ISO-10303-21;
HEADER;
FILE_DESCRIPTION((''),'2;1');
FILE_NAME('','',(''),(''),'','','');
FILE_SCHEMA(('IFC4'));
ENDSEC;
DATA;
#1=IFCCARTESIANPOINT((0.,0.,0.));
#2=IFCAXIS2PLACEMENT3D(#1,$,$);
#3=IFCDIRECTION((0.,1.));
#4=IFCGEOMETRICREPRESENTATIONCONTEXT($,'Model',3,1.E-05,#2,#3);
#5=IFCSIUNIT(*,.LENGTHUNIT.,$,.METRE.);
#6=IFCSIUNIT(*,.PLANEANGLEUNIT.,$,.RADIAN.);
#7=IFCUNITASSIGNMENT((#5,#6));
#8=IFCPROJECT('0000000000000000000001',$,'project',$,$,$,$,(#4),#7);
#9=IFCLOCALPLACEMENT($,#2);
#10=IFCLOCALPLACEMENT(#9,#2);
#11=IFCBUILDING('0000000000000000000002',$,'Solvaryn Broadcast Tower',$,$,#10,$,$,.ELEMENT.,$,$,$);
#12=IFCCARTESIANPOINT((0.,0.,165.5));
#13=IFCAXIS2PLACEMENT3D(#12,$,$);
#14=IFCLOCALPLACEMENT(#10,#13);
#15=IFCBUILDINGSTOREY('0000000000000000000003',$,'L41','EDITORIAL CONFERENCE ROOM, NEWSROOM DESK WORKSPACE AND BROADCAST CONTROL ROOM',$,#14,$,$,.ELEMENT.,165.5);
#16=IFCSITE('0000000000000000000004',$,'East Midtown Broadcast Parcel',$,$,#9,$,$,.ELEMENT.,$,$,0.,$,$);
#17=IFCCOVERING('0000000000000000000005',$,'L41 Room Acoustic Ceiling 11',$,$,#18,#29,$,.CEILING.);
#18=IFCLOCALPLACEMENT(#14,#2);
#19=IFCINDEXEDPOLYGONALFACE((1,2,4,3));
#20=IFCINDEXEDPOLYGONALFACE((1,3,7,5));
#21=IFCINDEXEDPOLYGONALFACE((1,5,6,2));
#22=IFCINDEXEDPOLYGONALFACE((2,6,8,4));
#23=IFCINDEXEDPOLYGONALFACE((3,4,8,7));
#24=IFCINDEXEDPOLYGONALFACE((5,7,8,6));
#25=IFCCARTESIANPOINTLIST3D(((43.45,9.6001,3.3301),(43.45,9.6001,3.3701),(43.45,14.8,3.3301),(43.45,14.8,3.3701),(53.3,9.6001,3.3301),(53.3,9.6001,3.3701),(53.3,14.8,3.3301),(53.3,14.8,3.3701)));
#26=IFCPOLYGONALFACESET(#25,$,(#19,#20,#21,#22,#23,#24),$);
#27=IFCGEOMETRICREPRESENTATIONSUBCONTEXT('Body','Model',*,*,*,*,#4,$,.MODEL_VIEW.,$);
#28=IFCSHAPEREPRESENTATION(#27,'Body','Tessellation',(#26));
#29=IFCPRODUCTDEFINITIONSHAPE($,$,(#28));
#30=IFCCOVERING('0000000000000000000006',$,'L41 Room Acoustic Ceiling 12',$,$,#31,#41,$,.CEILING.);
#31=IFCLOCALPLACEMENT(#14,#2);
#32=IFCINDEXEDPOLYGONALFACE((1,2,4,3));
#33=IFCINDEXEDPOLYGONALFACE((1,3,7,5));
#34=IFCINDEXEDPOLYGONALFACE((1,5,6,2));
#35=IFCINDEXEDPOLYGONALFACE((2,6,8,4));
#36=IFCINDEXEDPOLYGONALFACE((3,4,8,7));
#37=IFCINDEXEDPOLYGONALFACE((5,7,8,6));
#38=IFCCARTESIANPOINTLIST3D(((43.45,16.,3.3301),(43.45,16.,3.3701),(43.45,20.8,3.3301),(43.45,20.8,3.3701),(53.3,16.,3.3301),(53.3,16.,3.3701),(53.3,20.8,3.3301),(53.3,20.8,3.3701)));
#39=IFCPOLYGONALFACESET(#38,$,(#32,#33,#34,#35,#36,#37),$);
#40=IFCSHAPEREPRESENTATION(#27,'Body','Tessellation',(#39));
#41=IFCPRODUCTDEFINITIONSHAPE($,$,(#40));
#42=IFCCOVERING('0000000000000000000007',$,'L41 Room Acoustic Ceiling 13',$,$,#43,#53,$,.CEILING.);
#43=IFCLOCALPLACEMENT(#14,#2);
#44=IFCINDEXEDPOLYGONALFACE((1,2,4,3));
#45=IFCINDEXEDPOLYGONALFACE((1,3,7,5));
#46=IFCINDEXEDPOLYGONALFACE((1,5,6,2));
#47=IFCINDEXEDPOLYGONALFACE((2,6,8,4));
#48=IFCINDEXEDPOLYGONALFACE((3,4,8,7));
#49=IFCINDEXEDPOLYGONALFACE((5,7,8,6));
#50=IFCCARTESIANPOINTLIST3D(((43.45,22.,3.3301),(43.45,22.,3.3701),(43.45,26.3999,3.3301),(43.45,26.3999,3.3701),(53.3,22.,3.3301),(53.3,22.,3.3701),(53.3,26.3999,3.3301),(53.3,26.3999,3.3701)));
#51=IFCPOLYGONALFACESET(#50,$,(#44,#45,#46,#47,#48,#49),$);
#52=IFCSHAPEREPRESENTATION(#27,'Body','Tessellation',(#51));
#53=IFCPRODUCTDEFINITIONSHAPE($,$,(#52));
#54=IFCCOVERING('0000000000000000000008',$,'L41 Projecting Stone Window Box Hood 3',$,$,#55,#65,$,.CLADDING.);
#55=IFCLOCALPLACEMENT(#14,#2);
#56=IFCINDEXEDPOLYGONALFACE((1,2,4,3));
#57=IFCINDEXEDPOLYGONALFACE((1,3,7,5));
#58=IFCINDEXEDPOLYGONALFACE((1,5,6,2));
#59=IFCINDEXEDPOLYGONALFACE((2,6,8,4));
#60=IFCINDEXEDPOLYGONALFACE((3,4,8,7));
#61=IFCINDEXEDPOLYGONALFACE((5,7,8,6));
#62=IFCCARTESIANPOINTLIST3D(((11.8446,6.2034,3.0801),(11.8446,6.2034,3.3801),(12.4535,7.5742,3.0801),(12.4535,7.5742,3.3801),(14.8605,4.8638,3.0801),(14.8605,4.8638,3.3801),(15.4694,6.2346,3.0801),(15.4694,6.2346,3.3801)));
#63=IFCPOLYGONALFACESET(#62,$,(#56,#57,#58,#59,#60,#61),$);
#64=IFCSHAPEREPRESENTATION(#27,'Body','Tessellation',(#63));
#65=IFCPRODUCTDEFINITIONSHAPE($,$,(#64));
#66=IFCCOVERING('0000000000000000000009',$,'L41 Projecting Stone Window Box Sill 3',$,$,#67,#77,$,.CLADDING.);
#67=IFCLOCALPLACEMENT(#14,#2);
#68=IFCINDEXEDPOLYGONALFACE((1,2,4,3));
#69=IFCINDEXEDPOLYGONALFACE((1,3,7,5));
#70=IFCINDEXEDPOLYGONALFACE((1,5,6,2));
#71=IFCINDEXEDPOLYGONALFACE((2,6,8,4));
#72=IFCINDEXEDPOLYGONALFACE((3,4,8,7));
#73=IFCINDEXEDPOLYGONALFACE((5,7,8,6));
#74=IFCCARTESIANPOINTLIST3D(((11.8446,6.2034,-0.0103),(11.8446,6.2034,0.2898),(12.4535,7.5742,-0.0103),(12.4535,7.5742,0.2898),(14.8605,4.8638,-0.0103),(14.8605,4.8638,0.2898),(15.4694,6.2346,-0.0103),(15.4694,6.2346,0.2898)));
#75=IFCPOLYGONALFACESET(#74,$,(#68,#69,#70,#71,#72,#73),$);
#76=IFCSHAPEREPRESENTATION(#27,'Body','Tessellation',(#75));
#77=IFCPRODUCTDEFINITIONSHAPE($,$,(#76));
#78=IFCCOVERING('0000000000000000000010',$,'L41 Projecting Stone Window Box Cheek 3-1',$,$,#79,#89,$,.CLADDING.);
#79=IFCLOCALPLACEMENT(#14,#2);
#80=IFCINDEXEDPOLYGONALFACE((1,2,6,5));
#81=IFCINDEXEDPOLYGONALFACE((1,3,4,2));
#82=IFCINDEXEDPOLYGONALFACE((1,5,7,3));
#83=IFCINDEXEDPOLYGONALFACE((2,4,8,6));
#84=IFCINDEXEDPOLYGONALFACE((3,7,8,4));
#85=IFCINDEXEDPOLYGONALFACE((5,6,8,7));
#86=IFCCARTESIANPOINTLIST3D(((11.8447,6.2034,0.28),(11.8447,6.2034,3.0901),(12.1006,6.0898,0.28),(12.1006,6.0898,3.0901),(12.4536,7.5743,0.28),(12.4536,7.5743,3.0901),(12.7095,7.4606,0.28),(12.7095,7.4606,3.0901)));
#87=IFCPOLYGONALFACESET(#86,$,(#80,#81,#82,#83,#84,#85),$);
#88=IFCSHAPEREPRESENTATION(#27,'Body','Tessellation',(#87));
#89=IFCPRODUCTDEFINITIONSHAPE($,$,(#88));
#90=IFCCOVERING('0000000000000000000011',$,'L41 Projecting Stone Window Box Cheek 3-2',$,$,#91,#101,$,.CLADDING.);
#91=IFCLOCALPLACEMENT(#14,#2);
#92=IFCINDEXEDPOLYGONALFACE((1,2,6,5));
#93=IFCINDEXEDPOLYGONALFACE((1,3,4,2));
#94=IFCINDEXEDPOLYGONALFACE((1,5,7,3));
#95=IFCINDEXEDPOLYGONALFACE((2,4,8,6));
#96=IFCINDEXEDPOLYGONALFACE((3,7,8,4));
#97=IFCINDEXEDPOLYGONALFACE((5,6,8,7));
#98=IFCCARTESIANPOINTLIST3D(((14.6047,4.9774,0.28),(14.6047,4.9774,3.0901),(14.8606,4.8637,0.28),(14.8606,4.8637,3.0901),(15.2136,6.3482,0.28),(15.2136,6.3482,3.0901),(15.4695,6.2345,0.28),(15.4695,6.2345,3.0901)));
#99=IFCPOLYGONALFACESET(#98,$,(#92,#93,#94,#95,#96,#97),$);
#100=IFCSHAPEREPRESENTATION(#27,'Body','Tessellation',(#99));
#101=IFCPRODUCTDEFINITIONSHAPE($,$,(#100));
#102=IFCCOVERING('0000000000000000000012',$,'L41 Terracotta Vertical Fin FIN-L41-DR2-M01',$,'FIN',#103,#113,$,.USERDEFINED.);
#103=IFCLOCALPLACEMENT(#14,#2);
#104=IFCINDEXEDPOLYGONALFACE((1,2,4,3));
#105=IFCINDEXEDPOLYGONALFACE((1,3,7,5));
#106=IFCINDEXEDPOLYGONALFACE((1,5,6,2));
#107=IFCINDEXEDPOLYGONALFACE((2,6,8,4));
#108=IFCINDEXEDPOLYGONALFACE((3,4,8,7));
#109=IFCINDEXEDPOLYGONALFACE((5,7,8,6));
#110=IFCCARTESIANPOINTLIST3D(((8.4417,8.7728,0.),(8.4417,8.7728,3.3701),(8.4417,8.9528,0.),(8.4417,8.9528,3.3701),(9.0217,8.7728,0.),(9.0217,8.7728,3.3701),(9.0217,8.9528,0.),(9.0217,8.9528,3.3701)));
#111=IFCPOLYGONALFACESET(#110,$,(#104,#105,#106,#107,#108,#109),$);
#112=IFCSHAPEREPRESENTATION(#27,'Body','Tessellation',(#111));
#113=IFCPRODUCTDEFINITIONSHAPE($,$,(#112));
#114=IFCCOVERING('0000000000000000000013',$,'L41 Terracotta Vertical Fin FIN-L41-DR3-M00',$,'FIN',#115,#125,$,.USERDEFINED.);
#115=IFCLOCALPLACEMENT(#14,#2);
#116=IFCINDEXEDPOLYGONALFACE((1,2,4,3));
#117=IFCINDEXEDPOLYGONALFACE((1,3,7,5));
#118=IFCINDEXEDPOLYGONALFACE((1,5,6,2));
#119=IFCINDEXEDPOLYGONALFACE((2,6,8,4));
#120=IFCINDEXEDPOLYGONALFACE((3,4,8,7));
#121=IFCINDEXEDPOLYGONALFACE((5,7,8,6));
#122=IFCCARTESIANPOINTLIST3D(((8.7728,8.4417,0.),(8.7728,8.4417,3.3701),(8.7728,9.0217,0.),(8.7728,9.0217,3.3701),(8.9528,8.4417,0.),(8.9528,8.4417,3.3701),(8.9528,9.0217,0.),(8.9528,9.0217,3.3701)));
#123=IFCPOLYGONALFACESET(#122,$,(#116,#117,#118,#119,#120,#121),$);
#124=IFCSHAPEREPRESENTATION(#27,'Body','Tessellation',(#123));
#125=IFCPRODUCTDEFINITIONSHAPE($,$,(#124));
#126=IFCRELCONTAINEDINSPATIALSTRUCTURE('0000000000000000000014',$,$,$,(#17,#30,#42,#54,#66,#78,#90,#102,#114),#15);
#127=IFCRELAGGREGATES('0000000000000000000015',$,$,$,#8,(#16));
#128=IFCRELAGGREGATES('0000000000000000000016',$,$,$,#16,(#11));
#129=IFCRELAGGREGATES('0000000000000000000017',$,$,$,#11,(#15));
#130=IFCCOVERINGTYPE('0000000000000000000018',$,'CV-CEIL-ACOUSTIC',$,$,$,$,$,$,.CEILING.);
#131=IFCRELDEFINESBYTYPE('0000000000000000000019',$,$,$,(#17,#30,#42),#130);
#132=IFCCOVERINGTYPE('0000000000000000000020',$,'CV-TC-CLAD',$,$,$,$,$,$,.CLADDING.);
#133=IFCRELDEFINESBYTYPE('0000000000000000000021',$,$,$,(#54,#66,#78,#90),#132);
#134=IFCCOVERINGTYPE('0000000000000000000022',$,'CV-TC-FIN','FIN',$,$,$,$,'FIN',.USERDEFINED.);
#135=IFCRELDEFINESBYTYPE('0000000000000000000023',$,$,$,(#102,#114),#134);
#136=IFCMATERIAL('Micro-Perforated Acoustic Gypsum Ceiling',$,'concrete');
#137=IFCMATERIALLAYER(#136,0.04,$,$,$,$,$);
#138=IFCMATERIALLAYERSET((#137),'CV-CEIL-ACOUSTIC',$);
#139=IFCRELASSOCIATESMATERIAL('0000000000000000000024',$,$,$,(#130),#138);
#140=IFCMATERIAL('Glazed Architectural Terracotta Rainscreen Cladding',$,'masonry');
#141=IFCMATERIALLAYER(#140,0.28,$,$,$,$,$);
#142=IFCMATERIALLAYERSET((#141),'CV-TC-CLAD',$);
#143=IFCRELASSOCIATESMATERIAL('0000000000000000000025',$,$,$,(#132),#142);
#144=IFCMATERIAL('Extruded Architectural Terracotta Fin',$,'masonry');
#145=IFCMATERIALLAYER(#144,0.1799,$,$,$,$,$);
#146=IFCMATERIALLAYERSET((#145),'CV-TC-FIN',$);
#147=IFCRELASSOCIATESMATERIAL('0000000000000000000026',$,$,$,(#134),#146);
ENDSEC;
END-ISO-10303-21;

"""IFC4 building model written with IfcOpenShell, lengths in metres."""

from ifc_helpers import new_model, si_unit, direction, frame, origin, origin_2d, place, context, subcontext, project, spatial, polyline, rectangle, outline, extrude, material, layer, layer_set, type_object, element, save


model = new_model("IFC4")

# Units and contexts
model_context = context("Model", 3, precision=1e-05, world=origin(), true_north=direction((0.0, 1.0)))
body_context = subcontext(model_context, "Body", "Model", "MODEL_VIEW")
ifc_project = project(units=[si_unit("LENGTHUNIT", "METRE"), si_unit("PLANEANGLEUNIT", "RADIAN")], contexts=[model_context])

# Site, building, storey
site_placement = place(None, origin())
site = spatial("IfcSite", under=ifc_project, at=site_placement, Name="East Midtown Broadcast Parcel", CompositionType="ELEMENT", RefElevation=0.0)
building_placement = place(site_placement, origin())
building = spatial("IfcBuilding", under=site, at=building_placement, Name="Solvaryn Broadcast Tower", CompositionType="ELEMENT")
storey_placement = place(building_placement, frame((0.0, 0.0, 165.5)))
storey = spatial("IfcBuildingStorey", under=building, at=storey_placement, Name="L41", Description="EDITORIAL CONFERENCE ROOM, NEWSROOM DESK WORKSPACE AND BROADCAST CONTROL ROOM", CompositionType="ELEMENT", Elevation=165.5)

# Coverings
ifc_material_1 = material(Name="Micro-Perforated Acoustic Gypsum Ceiling", Category="concrete")
ifc_layer_1 = layer(ifc_material_1, 0.04)
ifc_layer_set_1 = layer_set([ifc_layer_1], Name="CV-CEIL-ACOUSTIC")
covering_type_1 = type_object("IfcCoveringType", Name="CV-CEIL-ACOUSTIC", PredefinedType="CEILING", material=ifc_layer_set_1)
covering_1_placement = place(storey_placement, frame((0.0, 0.0, 3.3301)))
element("IfcCovering", 1, at=covering_1_placement, inside=storey, type_object=covering_type_1, Name="L41 Room Acoustic Ceiling 11", PredefinedType="CEILING", context=body_context, shape_type="SweptSolid", body=[
    extrude(outline(polyline([(43.45, 9.6001), (53.3, 9.6001), (53.3, 14.8), (43.45, 14.8), (43.45, 9.6001)])), origin(), (0.0, 0.0, 1.0), 0.04),
])
covering_2_placement = place(storey_placement, frame((0.0, 0.0, 3.3301)))
element("IfcCovering", 2, at=covering_2_placement, inside=storey, type_object=covering_type_1, Name="L41 Room Acoustic Ceiling 12", PredefinedType="CEILING", context=body_context, shape_type="SweptSolid", body=[
    extrude(outline(polyline([(43.45, 16.0), (53.3, 16.0), (53.3, 20.8), (43.45, 20.8), (43.45, 16.0)])), origin(), (0.0, 0.0, 1.0), 0.04),
])
covering_3_placement = place(storey_placement, frame((0.0, 0.0, 3.3301)))
element("IfcCovering", 3, at=covering_3_placement, inside=storey, type_object=covering_type_1, Name="L41 Room Acoustic Ceiling 13", PredefinedType="CEILING", context=body_context, shape_type="SweptSolid", body=[
    extrude(outline(polyline([(43.45, 22.0), (53.3, 22.0), (53.3, 26.3999), (43.45, 26.3999), (43.45, 22.0)])), origin(), (0.0, 0.0, 1.0), 0.04),
])
ifc_material_2 = material(Name="Glazed Architectural Terracotta Rainscreen Cladding", Category="masonry")
ifc_layer_2 = layer(ifc_material_2, 0.28)
ifc_layer_set_2 = layer_set([ifc_layer_2], Name="CV-TC-CLAD")
covering_type_2 = type_object("IfcCoveringType", Name="CV-TC-CLAD", PredefinedType="CLADDING", material=ifc_layer_set_2)
for number, where, z_axis, x_axis, name in (
    (4, (13.657, 6.219, 3.0801), (0.0, 0.0, 1.0), (0.9139, -0.405939, 0.0), "L41 Projecting Stone Window Box Hood 3"),
    (5, (13.657, 6.219, -0.0103), (0.0, 0.0, 1.0), (0.9139, -0.405939, 0.0), "L41 Projecting Stone Window Box Sill 3"),
):
    element("IfcCovering", number, at=place(storey_placement, frame(where, z_axis=z_axis, x_axis=x_axis)), inside=storey, type_object=covering_type_2, Name=name, PredefinedType="CLADDING", context=body_context, shape_type="SweptSolid", body=[
        extrude(rectangle(XDim=3.3, YDim=1.5, at=origin_2d()), origin(), (0.0, 0.0, 1.0), 0.3),
    ])
for number, where, z_axis, x_axis, name in (
    (6, (12.2771, 6.832, 0.28), (0.0, 0.0, 1.0), (0.9139, -0.405939, 0.0), "L41 Projecting Stone Window Box Cheek 3-1"),
    (7, (15.0371, 5.606, 0.28), (0.0, 0.0, 1.0), (0.9139, -0.405939, 0.0), "L41 Projecting Stone Window Box Cheek 3-2"),
):
    element("IfcCovering", number, at=place(storey_placement, frame(where, z_axis=z_axis, x_axis=x_axis)), inside=storey, type_object=covering_type_2, Name=name, PredefinedType="CLADDING", context=body_context, shape_type="SweptSolid", body=[
        extrude(rectangle(XDim=0.28, YDim=1.5, at=origin_2d()), origin(), (0.0, 0.0, 1.0), 2.8101),
    ])
ifc_material_3 = material(Name="Extruded Architectural Terracotta Fin", Category="masonry")
ifc_layer_3 = layer(ifc_material_3, 0.1799)
ifc_layer_set_3 = layer_set([ifc_layer_3], Name="CV-TC-FIN")
covering_type_3 = type_object("IfcCoveringType", Name="CV-TC-FIN", Description="FIN", ElementType="FIN", PredefinedType="USERDEFINED", material=ifc_layer_set_3)
covering_4_placement = place(storey_placement, frame((8.7317, 8.8628, 0.0), z_axis=(0.0, 0.0, 1.0), x_axis=(1.0, 0.0, 0.0)))
element("IfcCovering", 8, at=covering_4_placement, inside=storey, type_object=covering_type_3, Name="L41 Terracotta Vertical Fin FIN-L41-DR2-M01", ObjectType="FIN", PredefinedType="USERDEFINED", context=body_context, shape_type="SweptSolid", body=[
    extrude(rectangle(XDim=0.5801, YDim=0.1799, at=origin_2d()), origin(), (0.0, 0.0, 1.0), 3.3701),
])
covering_5_placement = place(storey_placement, frame((8.8628, 8.7317, 0.0), z_axis=(0.0, 0.0, 1.0), x_axis=(1.0, 0.0, 0.0)))
element("IfcCovering", 9, at=covering_5_placement, inside=storey, type_object=covering_type_3, Name="L41 Terracotta Vertical Fin FIN-L41-DR3-M00", ObjectType="FIN", PredefinedType="USERDEFINED", context=body_context, shape_type="SweptSolid", body=[
    extrude(rectangle(XDim=0.1799, YDim=0.5801, at=origin_2d()), origin(), (0.0, 0.0, 1.0), 3.3701),
])

save(model, "model.ifc")
